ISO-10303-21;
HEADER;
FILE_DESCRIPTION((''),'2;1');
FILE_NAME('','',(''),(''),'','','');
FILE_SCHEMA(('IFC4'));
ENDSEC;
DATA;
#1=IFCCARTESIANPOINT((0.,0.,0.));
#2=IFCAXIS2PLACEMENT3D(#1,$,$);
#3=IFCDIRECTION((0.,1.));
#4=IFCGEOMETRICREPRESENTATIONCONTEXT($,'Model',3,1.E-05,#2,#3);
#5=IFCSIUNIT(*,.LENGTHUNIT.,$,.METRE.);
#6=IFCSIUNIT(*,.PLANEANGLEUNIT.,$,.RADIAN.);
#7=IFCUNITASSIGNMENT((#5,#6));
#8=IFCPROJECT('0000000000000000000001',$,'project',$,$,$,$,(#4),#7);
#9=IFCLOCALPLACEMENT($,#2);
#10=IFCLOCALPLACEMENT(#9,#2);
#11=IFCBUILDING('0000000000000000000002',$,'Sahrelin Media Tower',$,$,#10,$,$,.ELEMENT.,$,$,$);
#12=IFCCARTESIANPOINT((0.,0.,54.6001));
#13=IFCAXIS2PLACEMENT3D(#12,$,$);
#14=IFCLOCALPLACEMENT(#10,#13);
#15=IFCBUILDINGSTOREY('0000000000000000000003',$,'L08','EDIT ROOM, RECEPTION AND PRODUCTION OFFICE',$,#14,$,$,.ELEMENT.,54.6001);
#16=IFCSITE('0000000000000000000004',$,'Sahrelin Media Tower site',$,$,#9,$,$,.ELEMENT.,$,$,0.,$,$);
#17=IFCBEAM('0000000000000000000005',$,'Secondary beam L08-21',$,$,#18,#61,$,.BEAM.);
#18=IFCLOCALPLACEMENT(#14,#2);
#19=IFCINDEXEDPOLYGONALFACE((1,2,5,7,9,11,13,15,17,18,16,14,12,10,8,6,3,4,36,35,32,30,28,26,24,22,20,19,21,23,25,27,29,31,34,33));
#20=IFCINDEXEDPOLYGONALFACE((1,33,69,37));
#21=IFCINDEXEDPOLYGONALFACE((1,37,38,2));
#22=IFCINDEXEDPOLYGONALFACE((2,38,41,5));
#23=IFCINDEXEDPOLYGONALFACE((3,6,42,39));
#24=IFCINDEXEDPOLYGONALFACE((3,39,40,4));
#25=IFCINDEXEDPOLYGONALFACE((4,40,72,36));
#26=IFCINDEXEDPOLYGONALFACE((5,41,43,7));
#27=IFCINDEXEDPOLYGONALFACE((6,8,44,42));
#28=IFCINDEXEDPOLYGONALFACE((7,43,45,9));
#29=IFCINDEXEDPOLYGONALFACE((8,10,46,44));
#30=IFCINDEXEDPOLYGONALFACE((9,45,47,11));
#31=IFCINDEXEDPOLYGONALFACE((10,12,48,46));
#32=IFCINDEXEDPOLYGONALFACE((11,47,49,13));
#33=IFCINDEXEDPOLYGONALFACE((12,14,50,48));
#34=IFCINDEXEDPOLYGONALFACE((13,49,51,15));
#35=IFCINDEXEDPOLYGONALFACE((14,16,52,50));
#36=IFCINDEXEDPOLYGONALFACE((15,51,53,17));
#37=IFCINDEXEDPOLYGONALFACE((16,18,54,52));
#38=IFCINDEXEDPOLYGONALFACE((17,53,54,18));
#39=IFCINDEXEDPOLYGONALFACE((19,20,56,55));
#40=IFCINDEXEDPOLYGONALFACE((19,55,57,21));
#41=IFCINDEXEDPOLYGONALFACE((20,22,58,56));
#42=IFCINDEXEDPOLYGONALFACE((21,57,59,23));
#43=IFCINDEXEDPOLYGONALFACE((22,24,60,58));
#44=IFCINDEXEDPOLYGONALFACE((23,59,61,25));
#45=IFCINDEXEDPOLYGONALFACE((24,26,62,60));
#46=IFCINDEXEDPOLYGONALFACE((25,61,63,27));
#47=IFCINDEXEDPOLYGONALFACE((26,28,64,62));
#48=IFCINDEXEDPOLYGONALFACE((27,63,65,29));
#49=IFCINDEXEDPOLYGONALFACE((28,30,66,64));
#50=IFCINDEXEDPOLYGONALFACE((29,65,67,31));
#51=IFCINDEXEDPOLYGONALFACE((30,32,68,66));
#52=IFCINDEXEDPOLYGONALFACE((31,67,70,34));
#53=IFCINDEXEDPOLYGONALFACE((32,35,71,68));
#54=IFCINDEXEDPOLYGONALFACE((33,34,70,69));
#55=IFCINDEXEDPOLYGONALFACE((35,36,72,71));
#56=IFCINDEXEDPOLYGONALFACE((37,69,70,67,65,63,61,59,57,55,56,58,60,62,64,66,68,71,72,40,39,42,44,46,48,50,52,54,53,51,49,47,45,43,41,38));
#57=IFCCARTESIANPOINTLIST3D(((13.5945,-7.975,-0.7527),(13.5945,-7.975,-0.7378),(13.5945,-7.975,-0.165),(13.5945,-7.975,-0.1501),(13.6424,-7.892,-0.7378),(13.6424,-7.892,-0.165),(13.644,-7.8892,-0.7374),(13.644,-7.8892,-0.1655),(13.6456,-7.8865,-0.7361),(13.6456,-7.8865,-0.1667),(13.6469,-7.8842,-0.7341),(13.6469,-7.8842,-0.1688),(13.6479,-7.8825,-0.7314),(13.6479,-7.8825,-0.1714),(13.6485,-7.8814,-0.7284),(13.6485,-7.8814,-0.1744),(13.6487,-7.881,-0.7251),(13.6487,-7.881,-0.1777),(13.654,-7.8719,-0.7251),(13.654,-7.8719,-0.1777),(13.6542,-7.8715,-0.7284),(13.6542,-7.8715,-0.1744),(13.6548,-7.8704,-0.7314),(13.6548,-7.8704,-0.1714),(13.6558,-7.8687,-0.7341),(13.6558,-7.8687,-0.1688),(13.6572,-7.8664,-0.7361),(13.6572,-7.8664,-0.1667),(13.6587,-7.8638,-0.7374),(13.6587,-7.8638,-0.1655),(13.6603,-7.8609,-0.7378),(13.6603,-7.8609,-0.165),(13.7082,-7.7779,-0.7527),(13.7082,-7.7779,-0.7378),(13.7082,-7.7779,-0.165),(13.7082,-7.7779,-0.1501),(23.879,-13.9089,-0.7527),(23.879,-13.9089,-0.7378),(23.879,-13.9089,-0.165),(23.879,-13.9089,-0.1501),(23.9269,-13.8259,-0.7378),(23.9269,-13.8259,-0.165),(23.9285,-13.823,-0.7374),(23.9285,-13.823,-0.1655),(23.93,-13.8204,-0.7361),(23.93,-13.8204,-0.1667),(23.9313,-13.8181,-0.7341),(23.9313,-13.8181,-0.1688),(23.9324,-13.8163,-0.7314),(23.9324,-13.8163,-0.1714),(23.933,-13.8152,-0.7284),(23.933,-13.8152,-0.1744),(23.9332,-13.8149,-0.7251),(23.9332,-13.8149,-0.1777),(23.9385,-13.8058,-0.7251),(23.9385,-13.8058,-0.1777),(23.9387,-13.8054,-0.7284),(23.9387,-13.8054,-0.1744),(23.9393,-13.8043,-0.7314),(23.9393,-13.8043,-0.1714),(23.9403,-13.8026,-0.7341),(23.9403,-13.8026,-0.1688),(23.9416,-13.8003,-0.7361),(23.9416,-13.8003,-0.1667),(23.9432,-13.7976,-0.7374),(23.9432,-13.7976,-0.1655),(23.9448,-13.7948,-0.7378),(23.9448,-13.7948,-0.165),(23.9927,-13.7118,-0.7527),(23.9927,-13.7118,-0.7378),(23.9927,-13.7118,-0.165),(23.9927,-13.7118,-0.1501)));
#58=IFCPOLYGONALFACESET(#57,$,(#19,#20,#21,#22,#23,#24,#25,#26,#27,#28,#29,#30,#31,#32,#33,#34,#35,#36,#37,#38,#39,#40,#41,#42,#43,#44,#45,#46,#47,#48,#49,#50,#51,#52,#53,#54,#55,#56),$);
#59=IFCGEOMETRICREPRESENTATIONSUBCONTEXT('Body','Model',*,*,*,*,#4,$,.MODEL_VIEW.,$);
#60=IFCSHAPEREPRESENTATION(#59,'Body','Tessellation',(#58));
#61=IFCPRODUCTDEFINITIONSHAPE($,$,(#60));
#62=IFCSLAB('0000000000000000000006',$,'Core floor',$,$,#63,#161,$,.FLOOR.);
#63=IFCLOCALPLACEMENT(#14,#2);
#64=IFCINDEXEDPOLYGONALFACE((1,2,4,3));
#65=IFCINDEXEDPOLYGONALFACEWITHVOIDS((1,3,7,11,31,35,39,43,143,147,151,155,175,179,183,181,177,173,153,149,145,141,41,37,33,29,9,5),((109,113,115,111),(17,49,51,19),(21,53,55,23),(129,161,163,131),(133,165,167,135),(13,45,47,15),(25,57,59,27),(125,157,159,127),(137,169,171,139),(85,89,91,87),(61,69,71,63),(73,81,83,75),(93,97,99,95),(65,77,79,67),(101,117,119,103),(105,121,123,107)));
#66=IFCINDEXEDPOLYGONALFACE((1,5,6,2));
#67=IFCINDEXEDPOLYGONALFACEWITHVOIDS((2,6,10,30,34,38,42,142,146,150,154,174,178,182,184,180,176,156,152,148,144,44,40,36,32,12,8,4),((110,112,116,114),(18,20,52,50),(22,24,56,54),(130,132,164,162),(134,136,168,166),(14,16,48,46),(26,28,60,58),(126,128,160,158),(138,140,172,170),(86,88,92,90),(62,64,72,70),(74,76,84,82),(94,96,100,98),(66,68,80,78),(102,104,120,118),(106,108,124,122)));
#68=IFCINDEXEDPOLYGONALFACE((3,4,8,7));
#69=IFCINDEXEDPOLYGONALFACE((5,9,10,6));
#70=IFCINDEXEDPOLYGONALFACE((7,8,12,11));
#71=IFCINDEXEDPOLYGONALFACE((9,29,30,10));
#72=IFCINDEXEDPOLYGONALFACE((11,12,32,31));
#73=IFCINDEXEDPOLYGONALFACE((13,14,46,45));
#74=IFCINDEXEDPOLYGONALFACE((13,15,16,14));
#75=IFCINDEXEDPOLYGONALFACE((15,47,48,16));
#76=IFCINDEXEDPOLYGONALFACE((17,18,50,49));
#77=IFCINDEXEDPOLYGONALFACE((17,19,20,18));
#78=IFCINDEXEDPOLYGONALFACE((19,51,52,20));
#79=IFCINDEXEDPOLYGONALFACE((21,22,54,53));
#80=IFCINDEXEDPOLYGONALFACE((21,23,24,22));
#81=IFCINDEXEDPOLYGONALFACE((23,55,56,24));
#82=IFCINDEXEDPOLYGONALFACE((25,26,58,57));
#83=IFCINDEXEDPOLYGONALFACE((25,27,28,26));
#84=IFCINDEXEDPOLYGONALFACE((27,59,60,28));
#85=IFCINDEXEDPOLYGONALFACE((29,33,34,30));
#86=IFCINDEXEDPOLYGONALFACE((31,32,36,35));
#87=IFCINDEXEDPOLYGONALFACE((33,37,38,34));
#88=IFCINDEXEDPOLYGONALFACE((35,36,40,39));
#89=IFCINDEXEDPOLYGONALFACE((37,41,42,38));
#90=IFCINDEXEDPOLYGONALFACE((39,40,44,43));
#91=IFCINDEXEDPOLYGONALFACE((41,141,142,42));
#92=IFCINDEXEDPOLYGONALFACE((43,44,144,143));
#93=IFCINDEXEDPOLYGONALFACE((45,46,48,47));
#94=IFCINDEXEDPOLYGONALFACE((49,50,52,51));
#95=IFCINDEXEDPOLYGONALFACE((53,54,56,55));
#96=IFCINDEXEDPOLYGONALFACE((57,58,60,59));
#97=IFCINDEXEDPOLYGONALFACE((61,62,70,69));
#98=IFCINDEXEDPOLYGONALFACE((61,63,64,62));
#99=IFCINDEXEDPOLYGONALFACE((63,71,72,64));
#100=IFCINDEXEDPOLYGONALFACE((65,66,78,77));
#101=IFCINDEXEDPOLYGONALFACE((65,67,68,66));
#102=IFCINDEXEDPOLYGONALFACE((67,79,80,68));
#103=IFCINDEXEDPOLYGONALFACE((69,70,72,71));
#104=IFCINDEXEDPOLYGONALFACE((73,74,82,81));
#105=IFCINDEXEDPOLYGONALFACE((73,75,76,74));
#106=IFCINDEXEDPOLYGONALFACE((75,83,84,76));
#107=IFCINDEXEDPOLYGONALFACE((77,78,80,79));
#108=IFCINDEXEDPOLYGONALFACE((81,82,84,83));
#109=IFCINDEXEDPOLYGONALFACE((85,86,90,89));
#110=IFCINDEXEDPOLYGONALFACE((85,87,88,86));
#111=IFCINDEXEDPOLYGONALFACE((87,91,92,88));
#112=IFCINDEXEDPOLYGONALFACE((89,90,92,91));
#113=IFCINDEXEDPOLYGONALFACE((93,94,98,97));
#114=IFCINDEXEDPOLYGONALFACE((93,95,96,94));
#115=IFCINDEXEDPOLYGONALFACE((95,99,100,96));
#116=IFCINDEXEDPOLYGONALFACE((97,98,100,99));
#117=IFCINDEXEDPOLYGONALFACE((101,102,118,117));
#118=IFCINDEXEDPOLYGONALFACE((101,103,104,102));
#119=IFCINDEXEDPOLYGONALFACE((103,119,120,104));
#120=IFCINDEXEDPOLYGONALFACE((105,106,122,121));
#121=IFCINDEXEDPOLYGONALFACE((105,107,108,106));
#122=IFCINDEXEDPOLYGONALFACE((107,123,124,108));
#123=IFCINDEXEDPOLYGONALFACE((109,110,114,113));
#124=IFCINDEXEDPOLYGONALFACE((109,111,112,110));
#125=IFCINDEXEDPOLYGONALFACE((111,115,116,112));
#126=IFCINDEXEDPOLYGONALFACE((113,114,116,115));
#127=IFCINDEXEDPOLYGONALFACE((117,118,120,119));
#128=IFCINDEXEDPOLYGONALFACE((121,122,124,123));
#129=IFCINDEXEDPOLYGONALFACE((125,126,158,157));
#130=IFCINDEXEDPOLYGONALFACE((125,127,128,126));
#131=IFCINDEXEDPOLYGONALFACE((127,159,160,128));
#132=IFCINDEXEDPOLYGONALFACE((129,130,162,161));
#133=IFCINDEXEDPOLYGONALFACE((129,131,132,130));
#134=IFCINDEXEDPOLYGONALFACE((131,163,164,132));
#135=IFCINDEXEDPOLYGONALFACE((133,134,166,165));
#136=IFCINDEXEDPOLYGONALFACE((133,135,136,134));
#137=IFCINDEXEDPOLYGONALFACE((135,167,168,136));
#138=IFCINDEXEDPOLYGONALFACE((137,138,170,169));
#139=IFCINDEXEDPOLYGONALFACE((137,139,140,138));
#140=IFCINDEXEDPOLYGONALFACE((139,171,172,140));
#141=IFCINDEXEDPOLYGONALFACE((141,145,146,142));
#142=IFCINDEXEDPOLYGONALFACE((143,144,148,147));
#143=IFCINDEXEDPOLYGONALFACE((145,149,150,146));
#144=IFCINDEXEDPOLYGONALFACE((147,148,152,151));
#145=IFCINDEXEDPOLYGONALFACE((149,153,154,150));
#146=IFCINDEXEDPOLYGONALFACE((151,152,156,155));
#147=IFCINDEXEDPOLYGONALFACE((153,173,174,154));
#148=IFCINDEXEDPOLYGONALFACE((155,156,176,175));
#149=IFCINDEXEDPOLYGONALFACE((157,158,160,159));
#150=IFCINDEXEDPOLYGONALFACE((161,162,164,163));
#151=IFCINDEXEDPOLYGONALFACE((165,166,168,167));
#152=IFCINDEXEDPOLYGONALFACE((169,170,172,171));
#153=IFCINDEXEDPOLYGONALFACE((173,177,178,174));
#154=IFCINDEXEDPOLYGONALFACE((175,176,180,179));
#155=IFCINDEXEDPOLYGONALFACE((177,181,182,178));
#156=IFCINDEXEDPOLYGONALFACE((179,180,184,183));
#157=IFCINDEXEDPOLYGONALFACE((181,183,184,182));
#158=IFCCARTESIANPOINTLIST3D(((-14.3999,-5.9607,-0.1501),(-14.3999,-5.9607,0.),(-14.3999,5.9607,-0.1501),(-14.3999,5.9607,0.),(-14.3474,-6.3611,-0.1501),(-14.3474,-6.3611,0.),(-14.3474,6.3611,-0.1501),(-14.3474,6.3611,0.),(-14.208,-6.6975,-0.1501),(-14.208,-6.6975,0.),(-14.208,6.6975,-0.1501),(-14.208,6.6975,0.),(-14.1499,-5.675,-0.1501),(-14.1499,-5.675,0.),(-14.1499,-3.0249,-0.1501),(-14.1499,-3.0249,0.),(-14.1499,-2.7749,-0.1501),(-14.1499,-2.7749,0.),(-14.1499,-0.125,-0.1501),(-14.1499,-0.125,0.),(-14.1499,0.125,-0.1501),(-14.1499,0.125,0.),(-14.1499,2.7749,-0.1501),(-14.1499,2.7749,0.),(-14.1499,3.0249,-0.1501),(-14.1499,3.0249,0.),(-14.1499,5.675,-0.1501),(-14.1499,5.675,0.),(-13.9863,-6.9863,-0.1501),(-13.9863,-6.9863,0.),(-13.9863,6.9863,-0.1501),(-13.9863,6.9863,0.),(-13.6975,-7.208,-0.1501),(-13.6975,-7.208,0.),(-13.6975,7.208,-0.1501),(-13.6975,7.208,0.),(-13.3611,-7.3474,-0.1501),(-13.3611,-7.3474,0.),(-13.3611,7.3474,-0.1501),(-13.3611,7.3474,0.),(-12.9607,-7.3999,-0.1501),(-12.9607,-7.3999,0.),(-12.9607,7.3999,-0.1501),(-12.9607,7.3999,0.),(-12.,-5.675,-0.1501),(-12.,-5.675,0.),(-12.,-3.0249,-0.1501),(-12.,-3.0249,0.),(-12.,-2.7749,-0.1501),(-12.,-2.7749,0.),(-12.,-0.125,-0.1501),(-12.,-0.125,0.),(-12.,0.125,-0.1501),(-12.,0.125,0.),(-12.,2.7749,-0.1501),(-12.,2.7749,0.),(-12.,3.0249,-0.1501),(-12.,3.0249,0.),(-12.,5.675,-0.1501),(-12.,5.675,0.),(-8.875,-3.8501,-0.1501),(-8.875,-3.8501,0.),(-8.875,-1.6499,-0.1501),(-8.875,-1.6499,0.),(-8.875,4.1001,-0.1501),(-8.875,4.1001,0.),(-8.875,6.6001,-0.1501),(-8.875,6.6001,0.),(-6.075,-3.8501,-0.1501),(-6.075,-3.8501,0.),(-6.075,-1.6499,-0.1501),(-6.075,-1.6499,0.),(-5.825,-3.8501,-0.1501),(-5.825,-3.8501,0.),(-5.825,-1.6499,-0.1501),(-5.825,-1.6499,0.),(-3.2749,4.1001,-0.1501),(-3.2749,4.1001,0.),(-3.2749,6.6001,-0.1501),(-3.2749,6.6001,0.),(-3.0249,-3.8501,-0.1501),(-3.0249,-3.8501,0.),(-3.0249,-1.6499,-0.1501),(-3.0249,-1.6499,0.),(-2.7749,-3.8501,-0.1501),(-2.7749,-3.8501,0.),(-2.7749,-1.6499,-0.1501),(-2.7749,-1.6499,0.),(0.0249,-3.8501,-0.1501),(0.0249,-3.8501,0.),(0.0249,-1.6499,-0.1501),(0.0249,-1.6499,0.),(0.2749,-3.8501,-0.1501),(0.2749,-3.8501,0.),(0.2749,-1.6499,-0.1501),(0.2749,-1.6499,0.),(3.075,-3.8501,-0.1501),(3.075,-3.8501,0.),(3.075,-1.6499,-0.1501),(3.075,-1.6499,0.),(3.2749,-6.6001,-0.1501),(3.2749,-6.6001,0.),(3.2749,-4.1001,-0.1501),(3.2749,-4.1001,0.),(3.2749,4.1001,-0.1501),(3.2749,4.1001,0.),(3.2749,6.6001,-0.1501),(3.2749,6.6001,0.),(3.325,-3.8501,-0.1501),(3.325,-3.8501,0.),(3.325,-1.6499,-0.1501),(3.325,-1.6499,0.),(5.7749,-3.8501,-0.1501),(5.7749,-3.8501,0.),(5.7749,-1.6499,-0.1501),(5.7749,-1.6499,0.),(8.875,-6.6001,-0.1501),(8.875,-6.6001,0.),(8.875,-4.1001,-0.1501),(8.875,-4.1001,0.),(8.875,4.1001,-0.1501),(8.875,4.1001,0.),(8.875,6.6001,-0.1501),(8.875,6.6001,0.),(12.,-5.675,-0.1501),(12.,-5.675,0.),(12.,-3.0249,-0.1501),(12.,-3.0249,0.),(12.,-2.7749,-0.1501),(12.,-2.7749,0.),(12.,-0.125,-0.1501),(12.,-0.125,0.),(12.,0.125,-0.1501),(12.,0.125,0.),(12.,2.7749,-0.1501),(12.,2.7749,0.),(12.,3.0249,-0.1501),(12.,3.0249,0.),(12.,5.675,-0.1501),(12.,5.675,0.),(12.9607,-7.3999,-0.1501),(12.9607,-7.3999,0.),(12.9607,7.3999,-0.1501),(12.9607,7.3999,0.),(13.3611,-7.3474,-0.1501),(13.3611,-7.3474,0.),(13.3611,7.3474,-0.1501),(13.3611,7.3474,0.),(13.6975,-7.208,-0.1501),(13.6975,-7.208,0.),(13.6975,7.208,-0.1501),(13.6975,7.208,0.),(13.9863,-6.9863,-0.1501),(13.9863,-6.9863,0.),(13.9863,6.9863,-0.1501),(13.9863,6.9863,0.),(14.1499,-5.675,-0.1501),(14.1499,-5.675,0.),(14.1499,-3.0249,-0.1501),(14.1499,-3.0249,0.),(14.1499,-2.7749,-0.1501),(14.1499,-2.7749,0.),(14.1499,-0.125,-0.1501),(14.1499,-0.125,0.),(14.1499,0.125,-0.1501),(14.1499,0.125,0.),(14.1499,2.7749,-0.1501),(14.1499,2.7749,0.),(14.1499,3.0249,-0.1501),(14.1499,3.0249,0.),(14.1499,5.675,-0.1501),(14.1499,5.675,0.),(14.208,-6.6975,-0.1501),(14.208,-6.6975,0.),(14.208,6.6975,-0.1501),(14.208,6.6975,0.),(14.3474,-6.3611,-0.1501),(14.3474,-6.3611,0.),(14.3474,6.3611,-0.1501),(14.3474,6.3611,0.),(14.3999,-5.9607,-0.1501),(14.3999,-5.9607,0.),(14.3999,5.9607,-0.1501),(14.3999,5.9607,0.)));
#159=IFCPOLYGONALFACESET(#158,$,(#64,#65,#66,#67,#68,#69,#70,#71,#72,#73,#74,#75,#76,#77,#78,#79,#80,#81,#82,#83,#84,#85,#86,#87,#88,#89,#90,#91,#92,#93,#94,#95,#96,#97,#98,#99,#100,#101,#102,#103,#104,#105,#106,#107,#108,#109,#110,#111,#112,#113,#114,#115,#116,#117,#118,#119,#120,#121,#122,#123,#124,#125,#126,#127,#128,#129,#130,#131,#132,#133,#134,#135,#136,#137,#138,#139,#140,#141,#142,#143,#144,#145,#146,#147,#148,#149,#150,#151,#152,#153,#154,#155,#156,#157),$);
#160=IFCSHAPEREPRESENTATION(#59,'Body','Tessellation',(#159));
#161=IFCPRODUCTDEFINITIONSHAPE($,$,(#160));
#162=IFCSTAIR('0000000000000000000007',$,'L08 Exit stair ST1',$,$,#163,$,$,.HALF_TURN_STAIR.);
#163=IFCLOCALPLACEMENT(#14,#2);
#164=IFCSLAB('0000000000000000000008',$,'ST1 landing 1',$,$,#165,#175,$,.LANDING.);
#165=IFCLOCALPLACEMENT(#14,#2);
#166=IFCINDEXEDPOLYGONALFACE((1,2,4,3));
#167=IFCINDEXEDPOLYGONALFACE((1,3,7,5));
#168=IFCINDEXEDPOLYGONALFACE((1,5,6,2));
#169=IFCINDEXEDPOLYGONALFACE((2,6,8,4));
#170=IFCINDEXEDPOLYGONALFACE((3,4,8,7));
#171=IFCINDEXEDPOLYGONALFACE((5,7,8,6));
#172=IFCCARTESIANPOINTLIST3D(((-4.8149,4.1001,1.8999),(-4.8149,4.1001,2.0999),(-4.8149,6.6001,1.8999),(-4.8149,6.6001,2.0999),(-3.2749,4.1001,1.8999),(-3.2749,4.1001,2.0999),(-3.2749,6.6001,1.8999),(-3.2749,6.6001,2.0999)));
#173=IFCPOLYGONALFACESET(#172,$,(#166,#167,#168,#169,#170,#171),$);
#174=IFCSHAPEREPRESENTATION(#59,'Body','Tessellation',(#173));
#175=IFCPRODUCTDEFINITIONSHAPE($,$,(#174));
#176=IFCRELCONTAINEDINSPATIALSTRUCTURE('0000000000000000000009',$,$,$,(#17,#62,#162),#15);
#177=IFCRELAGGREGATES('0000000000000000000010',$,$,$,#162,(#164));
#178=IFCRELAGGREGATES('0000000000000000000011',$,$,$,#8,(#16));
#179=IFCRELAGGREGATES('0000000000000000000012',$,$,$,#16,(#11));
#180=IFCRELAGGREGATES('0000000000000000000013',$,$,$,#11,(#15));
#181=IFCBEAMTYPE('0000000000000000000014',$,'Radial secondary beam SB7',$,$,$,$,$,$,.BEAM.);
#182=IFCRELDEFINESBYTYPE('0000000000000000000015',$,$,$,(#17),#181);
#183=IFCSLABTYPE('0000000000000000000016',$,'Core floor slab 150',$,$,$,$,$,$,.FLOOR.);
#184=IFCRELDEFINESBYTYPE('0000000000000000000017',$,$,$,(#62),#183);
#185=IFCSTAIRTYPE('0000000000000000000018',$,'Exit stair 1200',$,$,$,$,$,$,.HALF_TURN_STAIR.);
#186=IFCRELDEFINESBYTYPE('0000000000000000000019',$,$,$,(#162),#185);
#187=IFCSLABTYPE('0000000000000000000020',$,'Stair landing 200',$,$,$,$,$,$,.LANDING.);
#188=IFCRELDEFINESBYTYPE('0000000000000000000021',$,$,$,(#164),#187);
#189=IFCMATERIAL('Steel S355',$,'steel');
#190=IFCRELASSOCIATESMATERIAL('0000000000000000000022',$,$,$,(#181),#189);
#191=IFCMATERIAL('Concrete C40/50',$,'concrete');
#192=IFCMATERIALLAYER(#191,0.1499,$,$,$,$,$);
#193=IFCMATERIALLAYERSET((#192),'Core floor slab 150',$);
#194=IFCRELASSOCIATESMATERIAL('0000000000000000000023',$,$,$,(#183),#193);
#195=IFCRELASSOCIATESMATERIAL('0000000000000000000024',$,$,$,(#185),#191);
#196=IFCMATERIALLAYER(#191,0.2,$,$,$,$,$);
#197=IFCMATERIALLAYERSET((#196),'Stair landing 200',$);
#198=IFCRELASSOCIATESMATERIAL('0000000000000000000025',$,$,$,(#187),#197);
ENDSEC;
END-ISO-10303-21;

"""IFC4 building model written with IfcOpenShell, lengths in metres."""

from ifc_helpers import new_model, si_unit, direction, frame, origin, origin_2d, place, context, subcontext, project, spatial, polyline, i_section, outline, extrude, material, layer, layer_set, material_profile, profile_set, type_object, element, aggregate, save


model = new_model("IFC4")

# Units and contexts
model_context = context("Model", 3, precision=1e-05, world=origin(), true_north=direction((0.0, 1.0)))
body_context = subcontext(model_context, "Body", "Model", "MODEL_VIEW")
ifc_project = project(units=[si_unit("LENGTHUNIT", "METRE"), si_unit("PLANEANGLEUNIT", "RADIAN")], contexts=[model_context])

# Site, building, storey
site_placement = place(None, origin())
site = spatial("IfcSite", under=ifc_project, at=site_placement, Name="Sahrelin Media Tower site", CompositionType="ELEMENT", RefElevation=0.0)
building_placement = place(site_placement, origin())
building = spatial("IfcBuilding", under=site, at=building_placement, Name="Sahrelin Media Tower", CompositionType="ELEMENT")
storey_placement = place(building_placement, frame((0.0, 0.0, 54.6001)))
storey = spatial("IfcBuildingStorey", under=building, at=storey_placement, Name="L08", Description="EDIT ROOM, RECEPTION AND PRODUCTION OFFICE", CompositionType="ELEMENT", Elevation=54.6001)

# Beam
ifc_material_1 = material(Name="Steel S355", Category="steel")
ifc_material_profile = material_profile(ifc_material_1, i_section(OverallWidth=0.2275, OverallDepth=0.6025, WebThickness=0.0105, FlangeThickness=0.0149, FilletRadius=0.0127, at=origin_2d()), Name="UB 610x229x101")
ifc_profile_set = profile_set([ifc_material_profile], Name="Steel S355")
beam_type = type_object("IfcBeamType", Name="Radial secondary beam SB7", PredefinedType="BEAM", material=ifc_profile_set)
beam_placement = place(storey_placement, frame((13.6514, -7.8765, -0.4514), z_axis=(0.866167, -0.499755, 0.0), x_axis=(0.499755, 0.866167, 0.0)))
element("IfcBeam", 1, at=beam_placement, inside=storey, type_object=beam_type, Name="Secondary beam L08-21", PredefinedType="BEAM", context=body_context, shape_type="SweptSolid", body=[
    extrude(i_section(OverallWidth=0.2275, OverallDepth=0.6025, WebThickness=0.0105, FlangeThickness=0.0149, FilletRadius=0.0127, at=origin_2d()), origin(), (0.0, 0.0, 1.0), 11.8735),
])

# Slab
ifc_material_2 = material(Name="Concrete C40/50", Category="concrete")
ifc_layer_1 = layer(ifc_material_2, 0.1499)
ifc_layer_set_1 = layer_set([ifc_layer_1], Name="Core floor slab 150")
slab_type_1 = type_object("IfcSlabType", Name="Core floor slab 150", PredefinedType="FLOOR", material=ifc_layer_set_1)
slab_1_placement = place(storey_placement, frame((0.0, 0.0, -0.1501)))
element("IfcSlab", 2, at=slab_1_placement, inside=storey, type_object=slab_type_1, Name="Core floor", PredefinedType="FLOOR", context=body_context, shape_type="SweptSolid", body=[
    extrude(outline(polyline([(-14.3474, 6.3611), (-14.3999, 5.9607), (-14.3999, -5.9607), (-14.3474, -6.3611), (-14.208, -6.6975), (-13.9863, -6.9863), (-13.6975, -7.208), (-13.3611, -7.3474), (-12.9607, -7.3999), (12.9607, -7.3999), (13.3611, -7.3474), (13.6975, -7.208), (13.9863, -6.9863), (14.208, -6.6975), (14.3474, -6.3611), (14.3999, -5.9607), (14.3999, 5.9607), (14.3474, 6.3611), (14.208, 6.6975), (13.9863, 6.9863), (13.6975, 7.208), (13.3611, 7.3474), (12.9607, 7.3999), (-12.9607, 7.3999), (-13.3611, 7.3474), (-13.6975, 7.208), (-13.9863, 6.9863), (-14.208, 6.6975), (-14.3474, 6.3611)]), holes=[polyline([(-12.0, 3.0249), (-12.0, 5.675), (-14.1499, 5.675), (-14.1499, 3.0249), (-12.0, 3.0249)]), polyline([(-14.1499, 0.125), (-12.0, 0.125), (-12.0, 2.7749), (-14.1499, 2.7749), (-14.1499, 0.125)]), polyline([(-14.1499, -0.125), (-14.1499, -2.7749), (-12.0, -2.7749), (-12.0, -0.125), (-14.1499, -0.125)]), polyline([(-12.0, -3.0249), (-14.1499, -3.0249), (-14.1499, -5.675), (-12.0, -5.675), (-12.0, -3.0249)]), polyline([(14.1499, 3.0249), (14.1499, 5.675), (12.0, 5.675), (12.0, 3.0249), (14.1499, 3.0249)]), polyline([(12.0, 0.125), (14.1499, 0.125), (14.1499, 2.7749), (12.0, 2.7749), (12.0, 0.125)]), polyline([(12.0, -0.125), (12.0, -2.7749), (14.1499, -2.7749), (14.1499, -0.125), (12.0, -0.125)]), polyline([(14.1499, -3.0249), (12.0, -3.0249), (12.0, -5.675), (14.1499, -5.675), (14.1499, -3.0249)]), polyline([(-6.075, -3.8501), (-6.075, -1.6499), (-8.875, -1.6499), (-8.875, -3.8501), (-6.075, -3.8501)]), polyline([(-5.825, -3.8501), (-3.0249, -3.8501), (-3.0249, -1.6499), (-5.825, -1.6499), (-5.825, -3.8501)]), polyline([(-2.7749, -1.6499), (-2.7749, -3.8501), (0.0249, -3.8501), (0.0249, -1.6499), (-2.7749, -1.6499)]), polyline([(3.075, -1.6499), (0.2749, -1.6499), (0.2749, -3.8501), (3.075, -3.8501), (3.075, -1.6499)]), polyline([(5.7749, -3.8501), (5.7749, -1.6499), (3.325, -1.6499), (3.325, -3.8501), (5.7749, -3.8501)]), polyline([(-8.875, 6.6001), (-8.875, 4.1001), (-3.2749, 4.1001), (-3.2749, 6.6001), (-8.875, 6.6001)]), polyline([(3.2749, 4.1001), (8.875, 4.1001), (8.875, 6.6001), (3.2749, 6.6001), (3.2749, 4.1001)]), polyline([(3.2749, -4.1001), (3.2749, -6.6001), (8.875, -6.6001), (8.875, -4.1001), (3.2749, -4.1001)])]), origin(), (0.0, 0.0, 1.0), 0.1501),
])

# Stair, slab
stair_type = type_object("IfcStairType", Name="Exit stair 1200", PredefinedType="HALF_TURN_STAIR", material=ifc_material_2)
placement_1 = place(storey_placement, origin())
stair_1 = element("IfcStair", 3, at=placement_1, inside=storey, type_object=stair_type, Name="L08 Exit stair ST1", PredefinedType="HALF_TURN_STAIR")
ifc_layer_2 = layer(ifc_material_2, 0.2)
ifc_layer_set_2 = layer_set([ifc_layer_2], Name="Stair landing 200")
slab_type_2 = type_object("IfcSlabType", Name="Stair landing 200", PredefinedType="LANDING", material=ifc_layer_set_2)
placement_2 = place(storey_placement, frame((0.0, 0.0, 1.8999)))
slab_2 = element("IfcSlab", 4, at=placement_2, type_object=slab_type_2, Name="ST1 landing 1", PredefinedType="LANDING", context=body_context, shape_type="SweptSolid", body=[
    extrude(outline(polyline([(-4.8149, 4.1001), (-3.2749, 4.1001), (-3.2749, 6.6001), (-4.8149, 6.6001), (-4.8149, 4.1001)])), origin(), (0.0, 0.0, 1.0), 0.2),
])
aggregate(stair_1, [slab_2])

save(model, "model.ifc")
